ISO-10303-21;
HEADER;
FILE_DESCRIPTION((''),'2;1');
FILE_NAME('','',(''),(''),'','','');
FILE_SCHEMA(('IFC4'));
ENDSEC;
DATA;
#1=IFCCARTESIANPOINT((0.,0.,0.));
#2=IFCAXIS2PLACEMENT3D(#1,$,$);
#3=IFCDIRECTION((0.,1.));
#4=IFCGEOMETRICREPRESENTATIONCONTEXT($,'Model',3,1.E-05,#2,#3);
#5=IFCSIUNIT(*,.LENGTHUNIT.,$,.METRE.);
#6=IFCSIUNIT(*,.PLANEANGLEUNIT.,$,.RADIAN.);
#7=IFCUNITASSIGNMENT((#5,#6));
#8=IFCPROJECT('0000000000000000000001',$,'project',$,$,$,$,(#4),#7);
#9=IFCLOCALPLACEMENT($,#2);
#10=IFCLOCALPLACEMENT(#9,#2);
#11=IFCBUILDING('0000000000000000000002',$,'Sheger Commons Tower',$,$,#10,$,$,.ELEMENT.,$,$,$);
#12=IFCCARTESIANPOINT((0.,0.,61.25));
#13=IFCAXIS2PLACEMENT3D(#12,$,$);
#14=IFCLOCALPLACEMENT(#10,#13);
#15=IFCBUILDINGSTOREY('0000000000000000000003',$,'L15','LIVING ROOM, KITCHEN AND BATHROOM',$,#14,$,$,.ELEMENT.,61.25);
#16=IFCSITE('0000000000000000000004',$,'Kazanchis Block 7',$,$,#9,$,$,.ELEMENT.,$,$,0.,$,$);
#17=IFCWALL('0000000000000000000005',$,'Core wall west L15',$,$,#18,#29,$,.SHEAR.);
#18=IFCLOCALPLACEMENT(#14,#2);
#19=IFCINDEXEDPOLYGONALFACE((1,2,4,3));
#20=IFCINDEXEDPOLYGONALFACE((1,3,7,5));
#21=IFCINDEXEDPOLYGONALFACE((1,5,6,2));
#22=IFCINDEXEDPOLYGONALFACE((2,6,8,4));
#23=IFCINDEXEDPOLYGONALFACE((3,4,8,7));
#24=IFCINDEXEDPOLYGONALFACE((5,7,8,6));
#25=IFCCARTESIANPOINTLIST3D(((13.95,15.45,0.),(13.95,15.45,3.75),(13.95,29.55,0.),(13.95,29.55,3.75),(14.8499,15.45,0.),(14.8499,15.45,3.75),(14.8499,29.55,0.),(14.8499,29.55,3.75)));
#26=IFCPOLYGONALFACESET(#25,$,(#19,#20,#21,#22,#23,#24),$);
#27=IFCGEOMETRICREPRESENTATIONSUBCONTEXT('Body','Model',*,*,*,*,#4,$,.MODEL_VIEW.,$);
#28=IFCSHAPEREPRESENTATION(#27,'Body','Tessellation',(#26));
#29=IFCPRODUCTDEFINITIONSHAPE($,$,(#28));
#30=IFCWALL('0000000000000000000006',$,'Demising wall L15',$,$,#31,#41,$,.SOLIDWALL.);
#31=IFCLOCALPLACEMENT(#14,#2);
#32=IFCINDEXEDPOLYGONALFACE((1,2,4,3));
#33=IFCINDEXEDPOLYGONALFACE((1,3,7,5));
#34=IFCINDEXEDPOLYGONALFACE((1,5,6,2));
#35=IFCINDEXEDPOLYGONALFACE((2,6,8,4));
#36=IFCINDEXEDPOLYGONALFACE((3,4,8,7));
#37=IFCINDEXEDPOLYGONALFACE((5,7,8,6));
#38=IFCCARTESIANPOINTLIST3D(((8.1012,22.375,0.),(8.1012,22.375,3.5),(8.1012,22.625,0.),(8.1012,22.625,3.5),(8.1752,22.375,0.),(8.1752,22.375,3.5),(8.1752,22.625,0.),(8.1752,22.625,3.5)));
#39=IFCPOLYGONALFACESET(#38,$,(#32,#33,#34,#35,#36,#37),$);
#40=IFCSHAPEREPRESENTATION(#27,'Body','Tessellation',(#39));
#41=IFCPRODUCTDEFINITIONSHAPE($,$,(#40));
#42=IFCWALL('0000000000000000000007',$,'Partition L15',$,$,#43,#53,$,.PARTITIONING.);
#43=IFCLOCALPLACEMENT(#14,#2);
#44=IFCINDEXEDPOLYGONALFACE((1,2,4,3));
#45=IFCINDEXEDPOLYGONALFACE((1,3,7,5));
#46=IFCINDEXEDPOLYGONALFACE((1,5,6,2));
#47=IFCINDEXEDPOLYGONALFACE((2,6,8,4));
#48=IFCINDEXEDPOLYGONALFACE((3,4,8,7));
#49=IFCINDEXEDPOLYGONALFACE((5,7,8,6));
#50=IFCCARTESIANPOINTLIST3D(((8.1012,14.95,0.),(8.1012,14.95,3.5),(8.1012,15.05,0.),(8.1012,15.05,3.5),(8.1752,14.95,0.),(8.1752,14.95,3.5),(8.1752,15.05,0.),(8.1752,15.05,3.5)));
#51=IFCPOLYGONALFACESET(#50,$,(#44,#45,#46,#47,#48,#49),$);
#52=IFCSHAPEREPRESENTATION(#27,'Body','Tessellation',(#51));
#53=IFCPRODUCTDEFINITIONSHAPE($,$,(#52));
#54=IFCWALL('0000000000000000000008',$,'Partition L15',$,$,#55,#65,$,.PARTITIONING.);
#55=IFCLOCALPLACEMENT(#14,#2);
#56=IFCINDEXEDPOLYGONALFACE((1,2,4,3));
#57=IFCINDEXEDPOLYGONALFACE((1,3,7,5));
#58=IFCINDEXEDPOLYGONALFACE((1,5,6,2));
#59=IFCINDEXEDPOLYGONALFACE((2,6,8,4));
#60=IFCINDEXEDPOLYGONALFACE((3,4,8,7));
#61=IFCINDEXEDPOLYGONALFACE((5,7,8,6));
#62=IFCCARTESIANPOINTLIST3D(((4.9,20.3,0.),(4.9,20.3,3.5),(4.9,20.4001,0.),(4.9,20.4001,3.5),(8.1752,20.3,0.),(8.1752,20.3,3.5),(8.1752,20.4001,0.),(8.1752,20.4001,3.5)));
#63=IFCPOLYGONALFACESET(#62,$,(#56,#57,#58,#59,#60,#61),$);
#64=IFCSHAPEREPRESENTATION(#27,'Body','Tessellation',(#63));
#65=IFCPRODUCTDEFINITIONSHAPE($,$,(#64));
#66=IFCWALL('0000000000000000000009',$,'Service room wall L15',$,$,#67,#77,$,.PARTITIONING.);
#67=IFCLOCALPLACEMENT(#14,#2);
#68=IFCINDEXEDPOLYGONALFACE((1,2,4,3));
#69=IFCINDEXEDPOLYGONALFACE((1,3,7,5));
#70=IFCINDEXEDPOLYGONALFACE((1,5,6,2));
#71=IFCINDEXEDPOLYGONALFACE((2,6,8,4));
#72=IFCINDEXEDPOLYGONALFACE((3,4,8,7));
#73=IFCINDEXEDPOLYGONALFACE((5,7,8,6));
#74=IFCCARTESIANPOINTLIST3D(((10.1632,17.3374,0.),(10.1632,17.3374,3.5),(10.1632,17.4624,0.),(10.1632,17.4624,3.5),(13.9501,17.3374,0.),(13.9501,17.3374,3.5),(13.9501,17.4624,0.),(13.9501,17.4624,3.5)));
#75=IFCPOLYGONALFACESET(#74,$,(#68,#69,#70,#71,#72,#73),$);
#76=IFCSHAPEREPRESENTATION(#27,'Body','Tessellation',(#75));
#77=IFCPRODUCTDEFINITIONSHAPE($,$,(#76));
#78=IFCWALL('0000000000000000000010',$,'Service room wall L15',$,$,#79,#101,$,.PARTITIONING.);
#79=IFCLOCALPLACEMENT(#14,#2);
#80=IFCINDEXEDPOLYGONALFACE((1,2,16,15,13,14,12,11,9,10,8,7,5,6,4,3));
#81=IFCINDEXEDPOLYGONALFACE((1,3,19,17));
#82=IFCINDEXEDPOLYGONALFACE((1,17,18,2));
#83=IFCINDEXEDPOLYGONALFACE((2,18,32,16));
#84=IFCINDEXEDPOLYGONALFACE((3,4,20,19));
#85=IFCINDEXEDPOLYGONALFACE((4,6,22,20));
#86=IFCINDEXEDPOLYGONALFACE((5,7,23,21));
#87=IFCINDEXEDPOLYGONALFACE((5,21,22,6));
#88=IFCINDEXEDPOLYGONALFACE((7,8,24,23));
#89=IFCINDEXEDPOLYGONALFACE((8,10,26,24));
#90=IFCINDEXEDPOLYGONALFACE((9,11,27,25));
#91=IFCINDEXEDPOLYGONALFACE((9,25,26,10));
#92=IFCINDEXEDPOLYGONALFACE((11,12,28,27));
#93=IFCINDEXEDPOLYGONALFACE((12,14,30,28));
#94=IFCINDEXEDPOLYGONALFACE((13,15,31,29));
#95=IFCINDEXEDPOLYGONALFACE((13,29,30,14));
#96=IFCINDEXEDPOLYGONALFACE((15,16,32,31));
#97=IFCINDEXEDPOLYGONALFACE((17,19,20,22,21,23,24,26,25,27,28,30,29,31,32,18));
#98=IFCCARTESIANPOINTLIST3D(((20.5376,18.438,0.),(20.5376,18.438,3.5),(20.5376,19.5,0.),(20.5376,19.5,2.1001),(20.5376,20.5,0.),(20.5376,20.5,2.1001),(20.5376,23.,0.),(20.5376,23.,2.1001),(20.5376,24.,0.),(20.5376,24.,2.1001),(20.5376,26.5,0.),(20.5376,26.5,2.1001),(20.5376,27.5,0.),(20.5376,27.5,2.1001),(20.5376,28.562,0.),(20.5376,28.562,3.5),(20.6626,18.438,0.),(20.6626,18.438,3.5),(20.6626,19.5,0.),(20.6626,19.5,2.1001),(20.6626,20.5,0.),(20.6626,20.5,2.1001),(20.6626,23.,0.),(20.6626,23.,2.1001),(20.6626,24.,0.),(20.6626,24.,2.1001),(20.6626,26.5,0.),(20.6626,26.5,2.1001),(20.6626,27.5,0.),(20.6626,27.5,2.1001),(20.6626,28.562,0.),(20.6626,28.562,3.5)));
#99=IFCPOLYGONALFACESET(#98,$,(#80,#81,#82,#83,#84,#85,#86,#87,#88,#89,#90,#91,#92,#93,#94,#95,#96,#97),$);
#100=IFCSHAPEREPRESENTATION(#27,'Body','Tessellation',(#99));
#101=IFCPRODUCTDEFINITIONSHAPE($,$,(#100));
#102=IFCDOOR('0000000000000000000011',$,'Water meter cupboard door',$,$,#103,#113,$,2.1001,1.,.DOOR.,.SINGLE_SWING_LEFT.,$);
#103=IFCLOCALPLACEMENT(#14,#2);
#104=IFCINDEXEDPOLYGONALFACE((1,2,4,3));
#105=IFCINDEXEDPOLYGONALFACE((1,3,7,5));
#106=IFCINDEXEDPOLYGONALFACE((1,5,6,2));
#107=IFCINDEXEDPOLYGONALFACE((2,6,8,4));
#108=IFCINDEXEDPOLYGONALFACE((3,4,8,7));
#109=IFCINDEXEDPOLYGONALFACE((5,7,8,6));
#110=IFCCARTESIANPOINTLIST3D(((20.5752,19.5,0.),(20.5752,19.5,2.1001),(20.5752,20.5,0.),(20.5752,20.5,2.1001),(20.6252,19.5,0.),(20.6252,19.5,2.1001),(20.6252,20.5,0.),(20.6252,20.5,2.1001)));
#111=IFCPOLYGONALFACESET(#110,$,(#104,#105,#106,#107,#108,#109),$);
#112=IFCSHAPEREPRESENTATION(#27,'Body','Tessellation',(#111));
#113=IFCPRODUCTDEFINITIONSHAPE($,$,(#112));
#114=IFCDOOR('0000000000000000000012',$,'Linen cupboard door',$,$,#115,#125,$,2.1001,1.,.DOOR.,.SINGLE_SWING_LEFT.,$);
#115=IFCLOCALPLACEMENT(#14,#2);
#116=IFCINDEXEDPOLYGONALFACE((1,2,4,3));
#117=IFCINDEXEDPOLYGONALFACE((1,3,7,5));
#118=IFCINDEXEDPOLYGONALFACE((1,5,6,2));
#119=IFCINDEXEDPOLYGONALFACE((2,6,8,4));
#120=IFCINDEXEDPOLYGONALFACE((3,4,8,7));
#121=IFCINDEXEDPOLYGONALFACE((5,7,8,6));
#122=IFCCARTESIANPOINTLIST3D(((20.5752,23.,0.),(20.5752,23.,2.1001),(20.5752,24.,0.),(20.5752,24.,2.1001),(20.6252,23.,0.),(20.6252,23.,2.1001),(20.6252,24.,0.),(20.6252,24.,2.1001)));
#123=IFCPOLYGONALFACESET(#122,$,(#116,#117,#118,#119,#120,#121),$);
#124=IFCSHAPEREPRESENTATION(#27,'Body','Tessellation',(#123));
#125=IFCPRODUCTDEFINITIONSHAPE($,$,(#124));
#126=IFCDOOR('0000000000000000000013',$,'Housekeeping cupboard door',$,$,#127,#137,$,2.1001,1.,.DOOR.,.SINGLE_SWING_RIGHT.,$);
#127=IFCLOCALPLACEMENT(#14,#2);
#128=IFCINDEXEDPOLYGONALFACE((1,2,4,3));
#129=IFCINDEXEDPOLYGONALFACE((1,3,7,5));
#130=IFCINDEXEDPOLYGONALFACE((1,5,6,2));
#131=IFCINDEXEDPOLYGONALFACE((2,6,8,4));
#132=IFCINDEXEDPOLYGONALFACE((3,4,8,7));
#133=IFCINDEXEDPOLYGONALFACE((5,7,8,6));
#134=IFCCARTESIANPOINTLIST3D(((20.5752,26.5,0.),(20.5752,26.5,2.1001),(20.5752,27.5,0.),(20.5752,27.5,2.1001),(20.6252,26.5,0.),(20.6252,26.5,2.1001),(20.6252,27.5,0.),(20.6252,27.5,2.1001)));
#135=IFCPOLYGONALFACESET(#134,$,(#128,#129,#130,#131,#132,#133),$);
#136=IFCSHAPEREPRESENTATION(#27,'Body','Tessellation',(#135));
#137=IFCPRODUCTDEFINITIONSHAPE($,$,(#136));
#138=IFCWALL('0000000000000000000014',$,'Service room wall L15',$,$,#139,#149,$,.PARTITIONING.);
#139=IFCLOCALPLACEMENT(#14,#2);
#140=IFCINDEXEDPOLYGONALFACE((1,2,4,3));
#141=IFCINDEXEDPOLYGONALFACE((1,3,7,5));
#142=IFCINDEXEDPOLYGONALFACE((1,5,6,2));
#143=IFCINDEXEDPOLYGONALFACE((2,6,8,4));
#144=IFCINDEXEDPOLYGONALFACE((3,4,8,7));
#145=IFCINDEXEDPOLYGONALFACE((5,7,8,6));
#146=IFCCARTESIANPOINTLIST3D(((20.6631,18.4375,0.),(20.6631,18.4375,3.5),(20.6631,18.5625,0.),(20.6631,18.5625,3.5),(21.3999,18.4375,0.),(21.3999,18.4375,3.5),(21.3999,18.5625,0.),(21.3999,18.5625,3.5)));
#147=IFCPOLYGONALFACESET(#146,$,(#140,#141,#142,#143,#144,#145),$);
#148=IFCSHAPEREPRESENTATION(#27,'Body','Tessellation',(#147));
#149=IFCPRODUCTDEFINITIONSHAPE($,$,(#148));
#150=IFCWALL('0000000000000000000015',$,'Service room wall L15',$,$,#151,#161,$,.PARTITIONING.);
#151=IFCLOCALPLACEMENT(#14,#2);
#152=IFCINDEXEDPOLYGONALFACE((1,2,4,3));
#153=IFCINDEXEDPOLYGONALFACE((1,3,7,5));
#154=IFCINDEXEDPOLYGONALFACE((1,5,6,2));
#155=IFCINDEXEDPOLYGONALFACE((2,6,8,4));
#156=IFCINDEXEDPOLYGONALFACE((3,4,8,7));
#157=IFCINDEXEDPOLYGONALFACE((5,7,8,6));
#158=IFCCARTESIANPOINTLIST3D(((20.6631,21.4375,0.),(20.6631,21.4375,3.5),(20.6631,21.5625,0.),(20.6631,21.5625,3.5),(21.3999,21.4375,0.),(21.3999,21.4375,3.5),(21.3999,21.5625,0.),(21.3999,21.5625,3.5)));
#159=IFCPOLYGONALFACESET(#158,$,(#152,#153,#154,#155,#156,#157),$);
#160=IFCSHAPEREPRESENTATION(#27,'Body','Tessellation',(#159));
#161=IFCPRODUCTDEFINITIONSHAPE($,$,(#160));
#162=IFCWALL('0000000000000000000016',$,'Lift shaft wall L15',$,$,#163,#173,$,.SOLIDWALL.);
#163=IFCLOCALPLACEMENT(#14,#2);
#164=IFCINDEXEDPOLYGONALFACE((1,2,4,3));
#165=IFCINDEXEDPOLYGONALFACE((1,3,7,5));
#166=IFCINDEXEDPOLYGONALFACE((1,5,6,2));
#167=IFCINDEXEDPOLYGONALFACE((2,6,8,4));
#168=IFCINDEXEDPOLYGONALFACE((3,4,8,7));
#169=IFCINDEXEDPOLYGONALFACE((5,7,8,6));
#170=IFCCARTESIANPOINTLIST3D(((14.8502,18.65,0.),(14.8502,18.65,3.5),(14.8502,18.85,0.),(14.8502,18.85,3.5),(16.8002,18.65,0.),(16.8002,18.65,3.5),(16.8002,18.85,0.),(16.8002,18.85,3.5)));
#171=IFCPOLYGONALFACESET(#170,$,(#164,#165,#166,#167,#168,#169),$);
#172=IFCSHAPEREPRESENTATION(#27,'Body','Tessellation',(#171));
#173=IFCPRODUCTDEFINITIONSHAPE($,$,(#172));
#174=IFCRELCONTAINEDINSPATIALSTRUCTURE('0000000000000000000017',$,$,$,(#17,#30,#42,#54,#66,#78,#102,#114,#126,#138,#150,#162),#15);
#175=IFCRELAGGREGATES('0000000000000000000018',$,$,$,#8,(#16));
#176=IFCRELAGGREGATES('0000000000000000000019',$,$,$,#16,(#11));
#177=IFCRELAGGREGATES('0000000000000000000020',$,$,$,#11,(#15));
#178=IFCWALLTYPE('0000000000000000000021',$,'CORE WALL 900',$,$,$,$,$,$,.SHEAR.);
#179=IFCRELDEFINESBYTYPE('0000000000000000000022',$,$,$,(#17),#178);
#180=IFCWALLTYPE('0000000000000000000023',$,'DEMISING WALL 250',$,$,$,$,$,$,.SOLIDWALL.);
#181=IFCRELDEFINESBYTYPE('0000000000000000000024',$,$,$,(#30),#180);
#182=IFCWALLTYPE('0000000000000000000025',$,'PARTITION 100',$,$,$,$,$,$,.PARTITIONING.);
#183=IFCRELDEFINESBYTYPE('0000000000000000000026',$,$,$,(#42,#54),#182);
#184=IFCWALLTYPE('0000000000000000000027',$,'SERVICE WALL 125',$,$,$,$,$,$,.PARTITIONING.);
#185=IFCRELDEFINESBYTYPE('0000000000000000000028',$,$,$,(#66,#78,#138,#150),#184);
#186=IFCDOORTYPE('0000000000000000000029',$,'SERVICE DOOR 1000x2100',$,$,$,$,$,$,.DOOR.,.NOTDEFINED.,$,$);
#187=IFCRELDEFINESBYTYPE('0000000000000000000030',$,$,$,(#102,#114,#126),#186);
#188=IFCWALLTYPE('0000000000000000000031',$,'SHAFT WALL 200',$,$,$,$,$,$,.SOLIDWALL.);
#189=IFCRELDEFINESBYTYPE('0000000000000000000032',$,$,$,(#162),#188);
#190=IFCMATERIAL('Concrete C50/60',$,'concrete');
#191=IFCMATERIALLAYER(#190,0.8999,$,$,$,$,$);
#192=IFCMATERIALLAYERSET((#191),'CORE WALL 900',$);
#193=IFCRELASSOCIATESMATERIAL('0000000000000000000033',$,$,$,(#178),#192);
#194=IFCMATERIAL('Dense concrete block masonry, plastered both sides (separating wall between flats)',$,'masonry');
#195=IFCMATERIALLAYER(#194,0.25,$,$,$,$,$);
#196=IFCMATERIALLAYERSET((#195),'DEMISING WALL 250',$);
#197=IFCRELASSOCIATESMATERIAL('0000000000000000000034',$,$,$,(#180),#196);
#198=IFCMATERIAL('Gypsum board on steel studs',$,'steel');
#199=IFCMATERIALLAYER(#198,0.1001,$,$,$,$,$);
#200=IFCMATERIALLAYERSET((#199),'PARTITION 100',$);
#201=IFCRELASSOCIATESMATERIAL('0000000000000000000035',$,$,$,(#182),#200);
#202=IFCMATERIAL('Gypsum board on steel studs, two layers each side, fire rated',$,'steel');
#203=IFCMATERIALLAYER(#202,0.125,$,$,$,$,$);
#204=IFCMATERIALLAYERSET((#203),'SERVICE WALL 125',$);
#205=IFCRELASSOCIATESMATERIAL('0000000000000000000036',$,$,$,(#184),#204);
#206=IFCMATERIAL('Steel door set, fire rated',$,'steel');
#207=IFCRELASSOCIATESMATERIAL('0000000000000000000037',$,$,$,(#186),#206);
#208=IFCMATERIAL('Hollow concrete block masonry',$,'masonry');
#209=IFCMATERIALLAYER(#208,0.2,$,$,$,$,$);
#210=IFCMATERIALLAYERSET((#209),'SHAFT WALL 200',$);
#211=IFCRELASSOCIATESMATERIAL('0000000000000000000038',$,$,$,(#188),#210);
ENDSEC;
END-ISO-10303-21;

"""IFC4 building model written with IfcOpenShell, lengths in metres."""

from ifc_helpers import new_model, si_unit, direction, frame, frame_2d, origin, place, context, subcontext, project, spatial, rectangle, extrude, material, layer, layer_set, type_object, element, fill, save


model = new_model("IFC4")

# Units and contexts
model_context = context("Model", 3, precision=1e-05, world=origin(), true_north=direction((0.0, 1.0)))
body_context = subcontext(model_context, "Body", "Model", "MODEL_VIEW")
ifc_project = project(units=[si_unit("LENGTHUNIT", "METRE"), si_unit("PLANEANGLEUNIT", "RADIAN")], contexts=[model_context])

# Site, building, storey
site_placement = place(None, origin())
site = spatial("IfcSite", under=ifc_project, at=site_placement, Name="Kazanchis Block 7", CompositionType="ELEMENT", RefElevation=0.0)
building_placement = place(site_placement, origin())
building = spatial("IfcBuilding", under=site, at=building_placement, Name="Sheger Commons Tower", CompositionType="ELEMENT")
storey_placement = place(building_placement, frame((0.0, 0.0, 61.25)))
storey = spatial("IfcBuildingStorey", under=building, at=storey_placement, Name="L15", Description="LIVING ROOM, KITCHEN AND BATHROOM", CompositionType="ELEMENT", Elevation=61.25)

# Shared definitions
ifc_material_1 = material(Name="Concrete C50/60", Category="concrete")
ifc_layer_1 = layer(ifc_material_1, 0.8999)
ifc_layer_set_1 = layer_set([ifc_layer_1], Name="CORE WALL 900")
wall_type_1 = type_object("IfcWallType", Name="CORE WALL 900", PredefinedType="SHEAR", material=ifc_layer_set_1)

# Walls
wall_1_placement = place(storey_placement, frame((14.3999, 15.45, 0.0), z_axis=(0.0, 0.0, 1.0), x_axis=(0.0, 1.0, 0.0)))
element("IfcWall", 1, at=wall_1_placement, inside=storey, type_object=wall_type_1, Name="Core wall west L15", PredefinedType="SHEAR", context=body_context, shape_type="SweptSolid", body=[
    extrude(rectangle(XDim=14.1001, YDim=0.8999, at=frame_2d((7.05, 0.0))), origin(), (0.0, 0.0, 1.0), 3.75),
])
ifc_material_2 = material(Name="Dense concrete block masonry, plastered both sides (separating wall between flats)", Category="masonry")
ifc_layer_2 = layer(ifc_material_2, 0.25)
ifc_layer_set_2 = layer_set([ifc_layer_2], Name="DEMISING WALL 250")
wall_type_2 = type_object("IfcWallType", Name="DEMISING WALL 250", PredefinedType="SOLIDWALL", material=ifc_layer_set_2)
wall_2_placement = place(storey_placement, frame((8.1011, 22.5, 0.0), z_axis=(0.0, 0.0, 1.0), x_axis=(1.0, 0.0, 0.0)))
element("IfcWall", 2, at=wall_2_placement, inside=storey, type_object=wall_type_2, Name="Demising wall L15", PredefinedType="SOLIDWALL", context=body_context, shape_type="SweptSolid", body=[
    extrude(rectangle(XDim=0.074, YDim=0.25, at=frame_2d((0.0371, 0.0))), origin(), (0.0, 0.0, 1.0), 3.5),
])
ifc_material_3 = material(Name="Gypsum board on steel studs", Category="steel")
ifc_layer_3 = layer(ifc_material_3, 0.1001)
ifc_layer_set_3 = layer_set([ifc_layer_3], Name="PARTITION 100")
wall_type_3 = type_object("IfcWallType", Name="PARTITION 100", PredefinedType="PARTITIONING", material=ifc_layer_set_3)
wall_3_placement = place(storey_placement, frame((8.1011, 15.0, 0.0), z_axis=(0.0, 0.0, 1.0), x_axis=(1.0, 0.0, 0.0)))
element("IfcWall", 3, at=wall_3_placement, inside=storey, type_object=wall_type_3, Name="Partition L15", PredefinedType="PARTITIONING", context=body_context, shape_type="SweptSolid", body=[
    extrude(rectangle(XDim=0.074, YDim=0.1001, at=frame_2d((0.0371, 0.0))), origin(), (0.0, 0.0, 1.0), 3.5),
])
wall_4_placement = place(storey_placement, frame((4.8999, 20.3501, 0.0), z_axis=(0.0, 0.0, 1.0), x_axis=(1.0, 0.0, 0.0)))
element("IfcWall", 4, at=wall_4_placement, inside=storey, type_object=wall_type_3, Name="Partition L15", PredefinedType="PARTITIONING", context=body_context, shape_type="SweptSolid", body=[
    extrude(rectangle(XDim=3.2751, YDim=0.1001, at=frame_2d((1.6377, 0.0))), origin(), (0.0, 0.0, 1.0), 3.5),
])
ifc_material_4 = material(Name="Gypsum board on steel studs, two layers each side, fire rated", Category="steel")
ifc_layer_4 = layer(ifc_material_4, 0.125)
ifc_layer_set_4 = layer_set([ifc_layer_4], Name="SERVICE WALL 125")
wall_type_4 = type_object("IfcWallType", Name="SERVICE WALL 125", PredefinedType="PARTITIONING", material=ifc_layer_set_4)
wall_5_placement = place(storey_placement, frame((10.1631, 17.3999, 0.0), z_axis=(0.0, 0.0, 1.0), x_axis=(1.0, 0.0, 0.0)))
element("IfcWall", 5, at=wall_5_placement, inside=storey, type_object=wall_type_4, Name="Service room wall L15", PredefinedType="PARTITIONING", context=body_context, shape_type="SweptSolid", body=[
    extrude(rectangle(XDim=3.7869, YDim=0.125, at=frame_2d((1.8936, 0.0))), origin(), (0.0, 0.0, 1.0), 3.5),
])

# Wall, openings, doors
wall_6_placement = place(storey_placement, frame((20.6001, 18.438, 0.0), z_axis=(0.0, 0.0, 1.0), x_axis=(0.0, 1.0, 0.0)))
wall_6 = element("IfcWall", 6, at=wall_6_placement, inside=storey, type_object=wall_type_4, Name="Service room wall L15", PredefinedType="PARTITIONING", context=body_context, shape_type="SweptSolid", body=[
    extrude(rectangle(XDim=10.124, YDim=0.125, at=frame_2d((5.062, 0.0))), origin(), (0.0, 0.0, 1.0), 3.5),
])
opening_1_placement = place(wall_6_placement, frame((1.062, 0.0, 0.0)))
opening_1 = element("IfcOpeningElement", 7, at=opening_1_placement, cuts=wall_6, PredefinedType="OPENING", context=body_context, shape_type="SweptSolid", body=[
    extrude(rectangle(XDim=1.0, YDim=2.1001, at=frame_2d((0.5, 1.05))), frame((0.0, 0.0725, 0.0), z_axis=(0.0, -1.0, 0.0), x_axis=(1.0, 0.0, 0.0)), (0.0, 0.0, 1.0), 0.145),
])
opening_2_placement = place(wall_6_placement, frame((4.562, 0.0, 0.0)))
opening_2 = element("IfcOpeningElement", 8, at=opening_2_placement, cuts=wall_6, PredefinedType="OPENING", context=body_context, shape_type="SweptSolid", body=[
    extrude(rectangle(XDim=1.0, YDim=2.1001, at=frame_2d((0.5, 1.05))), frame((0.0, 0.0725, 0.0), z_axis=(0.0, -1.0, 0.0), x_axis=(1.0, 0.0, 0.0)), (0.0, 0.0, 1.0), 0.145),
])
opening_3_placement = place(wall_6_placement, frame((8.062, 0.0, 0.0)))
opening_3 = element("IfcOpeningElement", 9, at=opening_3_placement, cuts=wall_6, PredefinedType="OPENING", context=body_context, shape_type="SweptSolid", body=[
    extrude(rectangle(XDim=1.0, YDim=2.1001, at=frame_2d((0.5, 1.05))), frame((0.0, 0.0725, 0.0), z_axis=(0.0, -1.0, 0.0), x_axis=(1.0, 0.0, 0.0)), (0.0, 0.0, 1.0), 0.145),
])
ifc_material_5 = material(Name="Steel door set, fire rated", Category="steel")
door_type_1 = type_object("IfcDoorType", Name="SERVICE DOOR 1000x2100", OperationType="NOTDEFINED", PredefinedType="DOOR", material=ifc_material_5)
door_1_placement = place(opening_1_placement, origin())
door_1 = element("IfcDoor", 10, at=door_1_placement, inside=storey, type_object=door_type_1, Name="Water meter cupboard door", OperationType="SINGLE_SWING_LEFT", OverallHeight=2.1001, OverallWidth=1.0, PredefinedType="DOOR", context=body_context, shape_type="SweptSolid", body=[
    extrude(rectangle(XDim=1.0, YDim=2.1001, at=frame_2d((0.5, 1.05))), frame((0.0, 0.0249, 0.0), z_axis=(0.0, -1.0, 0.0), x_axis=(1.0, 0.0, 0.0)), (0.0, 0.0, 1.0), 0.05),
])
fill(opening_1, door_1)
door_2_placement = place(opening_2_placement, origin())
door_2 = element("IfcDoor", 11, at=door_2_placement, inside=storey, type_object=door_type_1, Name="Linen cupboard door", OperationType="SINGLE_SWING_LEFT", OverallHeight=2.1001, OverallWidth=1.0, PredefinedType="DOOR", context=body_context, shape_type="SweptSolid", body=[
    extrude(rectangle(XDim=1.0, YDim=2.1001, at=frame_2d((0.5, 1.05))), frame((0.0, 0.0249, 0.0), z_axis=(0.0, -1.0, 0.0), x_axis=(1.0, 0.0, 0.0)), (0.0, 0.0, 1.0), 0.05),
])
fill(opening_2, door_2)
door_3_placement = place(opening_3_placement, origin())
door_3 = element("IfcDoor", 12, at=door_3_placement, inside=storey, type_object=door_type_1, Name="Housekeeping cupboard door", OperationType="SINGLE_SWING_RIGHT", OverallHeight=2.1001, OverallWidth=1.0, PredefinedType="DOOR", context=body_context, shape_type="SweptSolid", body=[
    extrude(rectangle(XDim=1.0, YDim=2.1001, at=frame_2d((0.5, 1.05))), frame((0.0, 0.0249, 0.0), z_axis=(0.0, -1.0, 0.0), x_axis=(1.0, 0.0, 0.0)), (0.0, 0.0, 1.0), 0.05),
])
fill(opening_3, door_3)

# Walls
for number, where, z_axis, x_axis, name in (
    (13, (20.6631, 18.5, 0.0), (0.0, 0.0, 1.0), (1.0, 0.0, 0.0), "Service room wall L15"),
    (14, (20.6631, 21.5, 0.0), (0.0, 0.0, 1.0), (1.0, 0.0, 0.0), "Service room wall L15"),
):
    element("IfcWall", number, at=place(storey_placement, frame(where, z_axis=z_axis, x_axis=x_axis)), inside=storey, type_object=wall_type_4, Name=name, PredefinedType="PARTITIONING", context=body_context, shape_type="SweptSolid", body=[
        extrude(rectangle(XDim=0.7368, YDim=0.125, at=frame_2d((0.3684, 0.0))), origin(), (0.0, 0.0, 1.0), 3.5),
    ])
ifc_material_6 = material(Name="Hollow concrete block masonry", Category="masonry")
ifc_layer_5 = layer(ifc_material_6, 0.2)
ifc_layer_set_5 = layer_set([ifc_layer_5], Name="SHAFT WALL 200")
wall_type_5 = type_object("IfcWallType", Name="SHAFT WALL 200", PredefinedType="SOLIDWALL", material=ifc_layer_set_5)
wall_7_placement = place(storey_placement, frame((14.8501, 18.75, 0.0), z_axis=(0.0, 0.0, 1.0), x_axis=(1.0, 0.0, 0.0)))
element("IfcWall", 15, at=wall_7_placement, inside=storey, type_object=wall_type_5, Name="Lift shaft wall L15", PredefinedType="SOLIDWALL", context=body_context, shape_type="SweptSolid", body=[
    extrude(rectangle(XDim=1.95, YDim=0.2, at=frame_2d((0.9751, 0.0))), origin(), (0.0, 0.0, 1.0), 3.5),
])

save(model, "model.ifc")
